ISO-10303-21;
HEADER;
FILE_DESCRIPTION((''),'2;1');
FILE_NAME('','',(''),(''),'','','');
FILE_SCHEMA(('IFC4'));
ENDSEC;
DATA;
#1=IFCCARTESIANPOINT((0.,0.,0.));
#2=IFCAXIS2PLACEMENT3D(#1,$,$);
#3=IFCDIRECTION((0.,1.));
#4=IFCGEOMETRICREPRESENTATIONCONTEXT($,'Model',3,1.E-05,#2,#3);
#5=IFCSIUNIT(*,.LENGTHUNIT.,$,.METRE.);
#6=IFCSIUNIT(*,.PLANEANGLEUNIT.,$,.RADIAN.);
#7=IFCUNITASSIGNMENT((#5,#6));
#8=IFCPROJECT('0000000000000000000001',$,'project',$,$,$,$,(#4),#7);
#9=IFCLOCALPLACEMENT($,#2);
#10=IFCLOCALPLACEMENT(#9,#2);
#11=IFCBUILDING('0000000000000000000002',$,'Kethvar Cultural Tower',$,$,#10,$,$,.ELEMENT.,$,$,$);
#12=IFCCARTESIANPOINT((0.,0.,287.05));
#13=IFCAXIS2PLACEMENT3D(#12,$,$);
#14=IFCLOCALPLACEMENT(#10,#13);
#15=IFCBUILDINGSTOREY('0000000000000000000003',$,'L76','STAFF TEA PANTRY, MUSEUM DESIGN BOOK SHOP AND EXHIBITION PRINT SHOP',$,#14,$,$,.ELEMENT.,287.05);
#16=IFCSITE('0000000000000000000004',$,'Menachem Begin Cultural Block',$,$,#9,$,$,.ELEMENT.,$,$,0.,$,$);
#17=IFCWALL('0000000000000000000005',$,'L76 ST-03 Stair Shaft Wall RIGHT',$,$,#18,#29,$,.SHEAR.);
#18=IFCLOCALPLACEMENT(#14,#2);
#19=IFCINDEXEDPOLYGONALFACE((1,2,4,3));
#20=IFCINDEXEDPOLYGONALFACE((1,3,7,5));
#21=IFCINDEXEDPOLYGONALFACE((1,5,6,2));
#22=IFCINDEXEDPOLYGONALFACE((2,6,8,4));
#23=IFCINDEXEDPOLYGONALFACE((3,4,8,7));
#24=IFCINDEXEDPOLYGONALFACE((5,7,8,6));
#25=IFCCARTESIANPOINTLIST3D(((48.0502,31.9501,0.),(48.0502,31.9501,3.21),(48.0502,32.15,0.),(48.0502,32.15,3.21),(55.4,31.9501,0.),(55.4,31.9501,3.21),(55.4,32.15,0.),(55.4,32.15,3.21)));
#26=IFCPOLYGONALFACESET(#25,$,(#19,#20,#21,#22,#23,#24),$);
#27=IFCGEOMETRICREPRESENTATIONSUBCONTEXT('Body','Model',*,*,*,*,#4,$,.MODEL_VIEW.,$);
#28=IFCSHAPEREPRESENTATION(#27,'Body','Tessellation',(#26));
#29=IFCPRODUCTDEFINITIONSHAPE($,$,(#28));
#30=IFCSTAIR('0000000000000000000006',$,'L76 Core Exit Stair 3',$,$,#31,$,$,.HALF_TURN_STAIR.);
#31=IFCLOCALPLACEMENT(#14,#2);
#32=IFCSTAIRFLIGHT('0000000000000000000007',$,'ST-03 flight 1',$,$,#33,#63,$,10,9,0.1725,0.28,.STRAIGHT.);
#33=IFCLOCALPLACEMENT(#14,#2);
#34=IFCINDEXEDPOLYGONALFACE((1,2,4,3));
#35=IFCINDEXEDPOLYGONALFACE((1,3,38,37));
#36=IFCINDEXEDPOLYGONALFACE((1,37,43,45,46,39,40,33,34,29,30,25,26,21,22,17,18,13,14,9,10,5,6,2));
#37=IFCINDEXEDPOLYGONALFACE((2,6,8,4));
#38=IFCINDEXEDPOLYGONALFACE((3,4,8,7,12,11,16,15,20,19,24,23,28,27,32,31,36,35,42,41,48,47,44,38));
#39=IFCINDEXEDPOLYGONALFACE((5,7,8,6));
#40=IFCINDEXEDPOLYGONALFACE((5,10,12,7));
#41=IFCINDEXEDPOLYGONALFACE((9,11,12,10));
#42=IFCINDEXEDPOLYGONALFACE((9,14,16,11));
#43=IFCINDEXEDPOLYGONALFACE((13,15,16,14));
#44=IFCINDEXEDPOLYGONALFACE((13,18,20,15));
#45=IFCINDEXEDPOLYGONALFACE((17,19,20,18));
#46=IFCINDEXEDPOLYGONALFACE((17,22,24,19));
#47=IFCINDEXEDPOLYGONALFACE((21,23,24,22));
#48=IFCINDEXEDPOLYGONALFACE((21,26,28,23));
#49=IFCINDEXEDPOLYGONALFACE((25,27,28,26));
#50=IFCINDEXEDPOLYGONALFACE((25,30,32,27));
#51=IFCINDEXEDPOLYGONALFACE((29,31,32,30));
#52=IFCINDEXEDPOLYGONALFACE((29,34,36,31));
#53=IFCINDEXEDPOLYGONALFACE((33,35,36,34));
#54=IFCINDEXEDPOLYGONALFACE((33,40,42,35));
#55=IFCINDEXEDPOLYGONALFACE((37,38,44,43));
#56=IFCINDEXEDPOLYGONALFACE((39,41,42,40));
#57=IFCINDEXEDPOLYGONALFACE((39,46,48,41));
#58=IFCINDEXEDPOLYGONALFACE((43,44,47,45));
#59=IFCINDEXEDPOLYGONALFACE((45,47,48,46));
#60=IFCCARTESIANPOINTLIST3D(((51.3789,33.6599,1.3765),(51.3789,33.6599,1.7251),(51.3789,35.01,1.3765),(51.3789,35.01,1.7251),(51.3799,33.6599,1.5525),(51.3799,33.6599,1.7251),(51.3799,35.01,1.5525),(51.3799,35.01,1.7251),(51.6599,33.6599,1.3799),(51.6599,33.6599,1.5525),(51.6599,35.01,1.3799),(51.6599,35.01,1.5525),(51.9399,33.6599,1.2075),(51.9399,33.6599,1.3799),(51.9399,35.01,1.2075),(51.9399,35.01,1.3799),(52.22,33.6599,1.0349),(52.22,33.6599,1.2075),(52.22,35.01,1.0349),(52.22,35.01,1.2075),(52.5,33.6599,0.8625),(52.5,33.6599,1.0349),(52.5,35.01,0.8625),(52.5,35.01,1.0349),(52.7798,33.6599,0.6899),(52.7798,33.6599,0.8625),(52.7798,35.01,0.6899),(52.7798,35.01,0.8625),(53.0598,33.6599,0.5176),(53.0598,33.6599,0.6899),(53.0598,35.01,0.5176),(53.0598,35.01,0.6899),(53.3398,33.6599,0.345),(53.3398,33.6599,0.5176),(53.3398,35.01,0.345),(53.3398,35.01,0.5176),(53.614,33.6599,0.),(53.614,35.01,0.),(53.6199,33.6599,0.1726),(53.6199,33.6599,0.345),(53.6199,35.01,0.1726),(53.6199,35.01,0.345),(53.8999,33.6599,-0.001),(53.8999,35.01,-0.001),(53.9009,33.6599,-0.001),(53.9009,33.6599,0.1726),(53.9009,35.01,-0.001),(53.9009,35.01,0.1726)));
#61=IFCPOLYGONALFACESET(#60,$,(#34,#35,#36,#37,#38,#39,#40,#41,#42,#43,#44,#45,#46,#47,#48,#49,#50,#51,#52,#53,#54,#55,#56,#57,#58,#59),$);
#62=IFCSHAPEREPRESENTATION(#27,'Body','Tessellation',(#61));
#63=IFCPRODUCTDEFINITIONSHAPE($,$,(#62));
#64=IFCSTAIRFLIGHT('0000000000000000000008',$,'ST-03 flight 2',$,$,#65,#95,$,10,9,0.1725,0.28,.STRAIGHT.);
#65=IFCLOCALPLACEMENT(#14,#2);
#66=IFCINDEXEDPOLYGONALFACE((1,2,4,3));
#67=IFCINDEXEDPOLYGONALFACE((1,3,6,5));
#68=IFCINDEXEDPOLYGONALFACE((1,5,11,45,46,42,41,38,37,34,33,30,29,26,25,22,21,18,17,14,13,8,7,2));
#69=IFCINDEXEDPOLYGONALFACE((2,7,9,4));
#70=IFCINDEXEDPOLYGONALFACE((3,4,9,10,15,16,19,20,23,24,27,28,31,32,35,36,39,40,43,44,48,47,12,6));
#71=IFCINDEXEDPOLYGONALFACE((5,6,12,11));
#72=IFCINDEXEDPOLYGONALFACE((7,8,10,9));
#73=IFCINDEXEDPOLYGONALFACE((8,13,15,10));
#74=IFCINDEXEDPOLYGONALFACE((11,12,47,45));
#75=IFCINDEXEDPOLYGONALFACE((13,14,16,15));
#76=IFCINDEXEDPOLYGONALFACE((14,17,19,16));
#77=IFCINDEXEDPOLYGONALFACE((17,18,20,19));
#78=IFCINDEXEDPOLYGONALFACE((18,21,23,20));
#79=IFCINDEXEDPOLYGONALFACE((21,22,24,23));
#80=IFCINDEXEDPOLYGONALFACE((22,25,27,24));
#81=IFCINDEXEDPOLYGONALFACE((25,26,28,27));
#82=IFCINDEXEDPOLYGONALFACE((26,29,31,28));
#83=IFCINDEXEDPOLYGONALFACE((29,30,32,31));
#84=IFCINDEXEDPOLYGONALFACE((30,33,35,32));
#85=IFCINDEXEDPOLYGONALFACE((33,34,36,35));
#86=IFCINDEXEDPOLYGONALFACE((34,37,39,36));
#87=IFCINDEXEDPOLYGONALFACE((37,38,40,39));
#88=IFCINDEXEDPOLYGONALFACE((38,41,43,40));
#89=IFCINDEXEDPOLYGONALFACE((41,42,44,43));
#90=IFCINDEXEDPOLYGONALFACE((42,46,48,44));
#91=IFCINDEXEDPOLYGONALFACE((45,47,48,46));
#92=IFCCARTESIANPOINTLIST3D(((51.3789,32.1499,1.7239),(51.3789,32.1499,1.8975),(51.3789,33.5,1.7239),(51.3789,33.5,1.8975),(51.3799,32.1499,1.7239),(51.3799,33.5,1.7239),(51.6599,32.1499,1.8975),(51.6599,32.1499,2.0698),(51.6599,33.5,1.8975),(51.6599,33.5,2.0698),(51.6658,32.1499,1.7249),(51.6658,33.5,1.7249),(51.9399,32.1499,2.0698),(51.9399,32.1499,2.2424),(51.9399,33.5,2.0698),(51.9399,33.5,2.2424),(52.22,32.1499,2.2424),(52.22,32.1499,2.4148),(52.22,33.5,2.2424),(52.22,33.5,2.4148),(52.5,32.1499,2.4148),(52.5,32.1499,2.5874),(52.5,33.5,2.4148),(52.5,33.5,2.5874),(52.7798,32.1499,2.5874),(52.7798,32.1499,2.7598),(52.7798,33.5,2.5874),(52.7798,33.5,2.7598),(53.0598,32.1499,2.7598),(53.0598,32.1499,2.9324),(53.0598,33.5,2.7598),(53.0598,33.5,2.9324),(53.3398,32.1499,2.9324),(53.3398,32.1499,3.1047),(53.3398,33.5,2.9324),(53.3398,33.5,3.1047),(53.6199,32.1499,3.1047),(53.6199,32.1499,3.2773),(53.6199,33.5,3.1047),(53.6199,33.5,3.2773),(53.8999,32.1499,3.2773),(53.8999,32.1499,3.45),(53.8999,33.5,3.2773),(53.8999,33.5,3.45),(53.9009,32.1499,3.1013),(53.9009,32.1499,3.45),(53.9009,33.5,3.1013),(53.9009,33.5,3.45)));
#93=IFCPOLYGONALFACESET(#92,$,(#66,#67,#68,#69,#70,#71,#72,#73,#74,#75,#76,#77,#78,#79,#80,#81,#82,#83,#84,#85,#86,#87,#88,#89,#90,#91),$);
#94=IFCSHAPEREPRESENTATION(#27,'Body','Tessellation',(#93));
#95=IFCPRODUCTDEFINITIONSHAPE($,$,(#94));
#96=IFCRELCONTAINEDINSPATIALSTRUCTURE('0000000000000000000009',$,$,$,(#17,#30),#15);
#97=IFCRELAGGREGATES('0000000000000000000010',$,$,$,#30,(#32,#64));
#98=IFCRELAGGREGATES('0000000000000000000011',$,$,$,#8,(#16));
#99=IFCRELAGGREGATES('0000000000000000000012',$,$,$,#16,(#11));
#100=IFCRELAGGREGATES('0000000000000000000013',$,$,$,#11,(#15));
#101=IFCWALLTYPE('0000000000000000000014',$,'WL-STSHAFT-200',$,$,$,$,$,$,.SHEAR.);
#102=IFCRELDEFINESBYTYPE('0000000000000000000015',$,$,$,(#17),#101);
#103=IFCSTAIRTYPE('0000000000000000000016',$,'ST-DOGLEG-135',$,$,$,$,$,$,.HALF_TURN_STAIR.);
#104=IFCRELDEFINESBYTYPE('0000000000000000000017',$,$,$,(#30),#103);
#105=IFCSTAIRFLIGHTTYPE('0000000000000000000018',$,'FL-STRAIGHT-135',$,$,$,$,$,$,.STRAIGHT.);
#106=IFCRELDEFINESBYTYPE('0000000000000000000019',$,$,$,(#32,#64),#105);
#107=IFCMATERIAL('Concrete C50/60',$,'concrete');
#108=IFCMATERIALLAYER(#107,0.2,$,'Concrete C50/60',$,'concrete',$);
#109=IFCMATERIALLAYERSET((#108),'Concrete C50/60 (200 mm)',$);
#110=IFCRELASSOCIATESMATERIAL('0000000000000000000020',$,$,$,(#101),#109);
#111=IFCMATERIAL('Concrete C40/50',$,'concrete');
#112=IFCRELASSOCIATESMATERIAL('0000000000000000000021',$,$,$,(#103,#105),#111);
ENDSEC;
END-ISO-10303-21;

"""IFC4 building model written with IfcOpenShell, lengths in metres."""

from ifc_helpers import new_model, si_unit, direction, frame, frame_2d, origin, place, context, subcontext, project, spatial, polyline, rectangle, outline, extrude, material, layer, layer_set, type_object, element, aggregate, save


model = new_model("IFC4")

# Units and contexts
model_context = context("Model", 3, precision=1e-05, world=origin(), true_north=direction((0.0, 1.0)))
body_context = subcontext(model_context, "Body", "Model", "MODEL_VIEW")
ifc_project = project(units=[si_unit("LENGTHUNIT", "METRE"), si_unit("PLANEANGLEUNIT", "RADIAN")], contexts=[model_context])

# Site, building, storey
site_placement = place(None, origin())
site = spatial("IfcSite", under=ifc_project, at=site_placement, Name="Menachem Begin Cultural Block", CompositionType="ELEMENT", RefElevation=0.0)
building_placement = place(site_placement, origin())
building = spatial("IfcBuilding", under=site, at=building_placement, Name="Kethvar Cultural Tower", CompositionType="ELEMENT")
storey_placement = place(building_placement, frame((0.0, 0.0, 287.05)))
storey = spatial("IfcBuildingStorey", under=building, at=storey_placement, Name="L76", Description="STAFF TEA PANTRY, MUSEUM DESIGN BOOK SHOP AND EXHIBITION PRINT SHOP", CompositionType="ELEMENT", Elevation=287.05)

# Shared definitions
ifc_material_1 = material(Name="Concrete C40/50", Category="concrete")

# Shared definitions
ifc_material_2 = material(Name="Concrete C50/60", Category="concrete")

# Wall
ifc_layer_1 = layer(ifc_material_2, 0.2, Name="Concrete C50/60", Category="concrete")
ifc_layer_set_1 = layer_set([ifc_layer_1], Name="Concrete C50/60 (200 mm)")
wall_type_1 = type_object("IfcWallType", Name="WL-STSHAFT-200", PredefinedType="SHEAR", material=ifc_layer_set_1)
for number, where, z_axis, x_axis, name in (
    (1, (55.3999, 32.05, 0.0), (0.0, 0.0, 1.0), (-1.0, 0.0, 0.0), "L76 ST-03 Stair Shaft Wall RIGHT"),
):
    element("IfcWall", number, at=place(storey_placement, frame(where, z_axis=z_axis, x_axis=x_axis)), inside=storey, type_object=wall_type_1, Name=name, PredefinedType="SHEAR", context=body_context, shape_type="SweptSolid", body=[
        extrude(rectangle(XDim=7.3499, YDim=0.2, at=frame_2d((3.6748, 0.0))), origin(), (0.0, 0.0, 1.0), 3.21),
    ])

# Stair, stair flights
stair_type = type_object("IfcStairType", Name="ST-DOGLEG-135", PredefinedType="HALF_TURN_STAIR", material=ifc_material_1)
stair_placement = place(storey_placement, origin())
stair = element("IfcStair", 2, at=stair_placement, inside=storey, type_object=stair_type, Name="L76 Core Exit Stair 3", PredefinedType="HALF_TURN_STAIR")
stair_flight_type = type_object("IfcStairFlightType", Name="FL-STRAIGHT-135", PredefinedType="STRAIGHT", material=ifc_material_1)
stair_flight_1_placement = place(storey_placement, frame((53.8999, 34.335, 0.0), z_axis=(0.0, 0.0, 1.0), x_axis=(-1.0, 0.0, 0.0)))
stair_flight_1 = element("IfcStairFlight", 3, at=stair_flight_1_placement, type_object=stair_flight_type, Name="ST-03 flight 1", NumberOfRisers=10, NumberOfTreads=9, PredefinedType="STRAIGHT", RiserHeight=0.1725, TreadLength=0.28, context=body_context, shape_type="SweptSolid", body=[
    extrude(outline(polyline([(-0.001, -0.001), (-0.001, 0.1726), (0.28, 0.1726), (0.28, 0.345), (0.5601, 0.345), (0.5601, 0.5176), (0.8401, 0.5176), (0.8401, 0.6899), (1.1201, 0.6899), (1.1201, 0.8625), (1.3999, 0.8625), (1.3999, 1.0349), (1.6799, 1.0349), (1.6799, 1.2075), (1.96, 1.2075), (1.96, 1.3799), (2.24, 1.3799), (2.24, 1.5525), (2.52, 1.5525), (2.52, 1.7251), (2.521, 1.7251), (2.521, 1.3765), (0.2859, 0.0), (0.0, -0.001), (-0.001, -0.001)])), frame((0.0, 0.675, 0.0), z_axis=(0.0, -1.0, 0.0), x_axis=(1.0, 0.0, 0.0)), (0.0, 0.0, 1.0), 1.3501),
])
stair_flight_2_placement = place(storey_placement, frame((51.3799, 32.825, 1.7249), z_axis=(0.0, 0.0, 1.0), x_axis=(1.0, 0.0, 0.0)))
stair_flight_2 = element("IfcStairFlight", 4, at=stair_flight_2_placement, type_object=stair_flight_type, Name="ST-03 flight 2", NumberOfRisers=10, NumberOfTreads=9, PredefinedType="STRAIGHT", RiserHeight=0.1725, TreadLength=0.28, context=body_context, shape_type="SweptSolid", body=[
    extrude(outline(polyline([(-0.001, -0.001), (-0.001, 0.1726), (0.28, 0.1726), (0.28, 0.345), (0.5601, 0.345), (0.5601, 0.5176), (0.8401, 0.5176), (0.8401, 0.6899), (1.1201, 0.6899), (1.1201, 0.8625), (1.3999, 0.8625), (1.3999, 1.0349), (1.6799, 1.0349), (1.6799, 1.2075), (1.96, 1.2075), (1.96, 1.3799), (2.24, 1.3799), (2.24, 1.5525), (2.52, 1.5525), (2.52, 1.7251), (2.521, 1.7251), (2.521, 1.3765), (0.2859, 0.0), (0.0, -0.001), (-0.001, -0.001)])), frame((0.0, 0.675, 0.0), z_axis=(0.0, -1.0, 0.0), x_axis=(1.0, 0.0, 0.0)), (0.0, 0.0, 1.0), 1.3501),
])
aggregate(stair, [stair_flight_1, stair_flight_2])

save(model, "model.ifc")
